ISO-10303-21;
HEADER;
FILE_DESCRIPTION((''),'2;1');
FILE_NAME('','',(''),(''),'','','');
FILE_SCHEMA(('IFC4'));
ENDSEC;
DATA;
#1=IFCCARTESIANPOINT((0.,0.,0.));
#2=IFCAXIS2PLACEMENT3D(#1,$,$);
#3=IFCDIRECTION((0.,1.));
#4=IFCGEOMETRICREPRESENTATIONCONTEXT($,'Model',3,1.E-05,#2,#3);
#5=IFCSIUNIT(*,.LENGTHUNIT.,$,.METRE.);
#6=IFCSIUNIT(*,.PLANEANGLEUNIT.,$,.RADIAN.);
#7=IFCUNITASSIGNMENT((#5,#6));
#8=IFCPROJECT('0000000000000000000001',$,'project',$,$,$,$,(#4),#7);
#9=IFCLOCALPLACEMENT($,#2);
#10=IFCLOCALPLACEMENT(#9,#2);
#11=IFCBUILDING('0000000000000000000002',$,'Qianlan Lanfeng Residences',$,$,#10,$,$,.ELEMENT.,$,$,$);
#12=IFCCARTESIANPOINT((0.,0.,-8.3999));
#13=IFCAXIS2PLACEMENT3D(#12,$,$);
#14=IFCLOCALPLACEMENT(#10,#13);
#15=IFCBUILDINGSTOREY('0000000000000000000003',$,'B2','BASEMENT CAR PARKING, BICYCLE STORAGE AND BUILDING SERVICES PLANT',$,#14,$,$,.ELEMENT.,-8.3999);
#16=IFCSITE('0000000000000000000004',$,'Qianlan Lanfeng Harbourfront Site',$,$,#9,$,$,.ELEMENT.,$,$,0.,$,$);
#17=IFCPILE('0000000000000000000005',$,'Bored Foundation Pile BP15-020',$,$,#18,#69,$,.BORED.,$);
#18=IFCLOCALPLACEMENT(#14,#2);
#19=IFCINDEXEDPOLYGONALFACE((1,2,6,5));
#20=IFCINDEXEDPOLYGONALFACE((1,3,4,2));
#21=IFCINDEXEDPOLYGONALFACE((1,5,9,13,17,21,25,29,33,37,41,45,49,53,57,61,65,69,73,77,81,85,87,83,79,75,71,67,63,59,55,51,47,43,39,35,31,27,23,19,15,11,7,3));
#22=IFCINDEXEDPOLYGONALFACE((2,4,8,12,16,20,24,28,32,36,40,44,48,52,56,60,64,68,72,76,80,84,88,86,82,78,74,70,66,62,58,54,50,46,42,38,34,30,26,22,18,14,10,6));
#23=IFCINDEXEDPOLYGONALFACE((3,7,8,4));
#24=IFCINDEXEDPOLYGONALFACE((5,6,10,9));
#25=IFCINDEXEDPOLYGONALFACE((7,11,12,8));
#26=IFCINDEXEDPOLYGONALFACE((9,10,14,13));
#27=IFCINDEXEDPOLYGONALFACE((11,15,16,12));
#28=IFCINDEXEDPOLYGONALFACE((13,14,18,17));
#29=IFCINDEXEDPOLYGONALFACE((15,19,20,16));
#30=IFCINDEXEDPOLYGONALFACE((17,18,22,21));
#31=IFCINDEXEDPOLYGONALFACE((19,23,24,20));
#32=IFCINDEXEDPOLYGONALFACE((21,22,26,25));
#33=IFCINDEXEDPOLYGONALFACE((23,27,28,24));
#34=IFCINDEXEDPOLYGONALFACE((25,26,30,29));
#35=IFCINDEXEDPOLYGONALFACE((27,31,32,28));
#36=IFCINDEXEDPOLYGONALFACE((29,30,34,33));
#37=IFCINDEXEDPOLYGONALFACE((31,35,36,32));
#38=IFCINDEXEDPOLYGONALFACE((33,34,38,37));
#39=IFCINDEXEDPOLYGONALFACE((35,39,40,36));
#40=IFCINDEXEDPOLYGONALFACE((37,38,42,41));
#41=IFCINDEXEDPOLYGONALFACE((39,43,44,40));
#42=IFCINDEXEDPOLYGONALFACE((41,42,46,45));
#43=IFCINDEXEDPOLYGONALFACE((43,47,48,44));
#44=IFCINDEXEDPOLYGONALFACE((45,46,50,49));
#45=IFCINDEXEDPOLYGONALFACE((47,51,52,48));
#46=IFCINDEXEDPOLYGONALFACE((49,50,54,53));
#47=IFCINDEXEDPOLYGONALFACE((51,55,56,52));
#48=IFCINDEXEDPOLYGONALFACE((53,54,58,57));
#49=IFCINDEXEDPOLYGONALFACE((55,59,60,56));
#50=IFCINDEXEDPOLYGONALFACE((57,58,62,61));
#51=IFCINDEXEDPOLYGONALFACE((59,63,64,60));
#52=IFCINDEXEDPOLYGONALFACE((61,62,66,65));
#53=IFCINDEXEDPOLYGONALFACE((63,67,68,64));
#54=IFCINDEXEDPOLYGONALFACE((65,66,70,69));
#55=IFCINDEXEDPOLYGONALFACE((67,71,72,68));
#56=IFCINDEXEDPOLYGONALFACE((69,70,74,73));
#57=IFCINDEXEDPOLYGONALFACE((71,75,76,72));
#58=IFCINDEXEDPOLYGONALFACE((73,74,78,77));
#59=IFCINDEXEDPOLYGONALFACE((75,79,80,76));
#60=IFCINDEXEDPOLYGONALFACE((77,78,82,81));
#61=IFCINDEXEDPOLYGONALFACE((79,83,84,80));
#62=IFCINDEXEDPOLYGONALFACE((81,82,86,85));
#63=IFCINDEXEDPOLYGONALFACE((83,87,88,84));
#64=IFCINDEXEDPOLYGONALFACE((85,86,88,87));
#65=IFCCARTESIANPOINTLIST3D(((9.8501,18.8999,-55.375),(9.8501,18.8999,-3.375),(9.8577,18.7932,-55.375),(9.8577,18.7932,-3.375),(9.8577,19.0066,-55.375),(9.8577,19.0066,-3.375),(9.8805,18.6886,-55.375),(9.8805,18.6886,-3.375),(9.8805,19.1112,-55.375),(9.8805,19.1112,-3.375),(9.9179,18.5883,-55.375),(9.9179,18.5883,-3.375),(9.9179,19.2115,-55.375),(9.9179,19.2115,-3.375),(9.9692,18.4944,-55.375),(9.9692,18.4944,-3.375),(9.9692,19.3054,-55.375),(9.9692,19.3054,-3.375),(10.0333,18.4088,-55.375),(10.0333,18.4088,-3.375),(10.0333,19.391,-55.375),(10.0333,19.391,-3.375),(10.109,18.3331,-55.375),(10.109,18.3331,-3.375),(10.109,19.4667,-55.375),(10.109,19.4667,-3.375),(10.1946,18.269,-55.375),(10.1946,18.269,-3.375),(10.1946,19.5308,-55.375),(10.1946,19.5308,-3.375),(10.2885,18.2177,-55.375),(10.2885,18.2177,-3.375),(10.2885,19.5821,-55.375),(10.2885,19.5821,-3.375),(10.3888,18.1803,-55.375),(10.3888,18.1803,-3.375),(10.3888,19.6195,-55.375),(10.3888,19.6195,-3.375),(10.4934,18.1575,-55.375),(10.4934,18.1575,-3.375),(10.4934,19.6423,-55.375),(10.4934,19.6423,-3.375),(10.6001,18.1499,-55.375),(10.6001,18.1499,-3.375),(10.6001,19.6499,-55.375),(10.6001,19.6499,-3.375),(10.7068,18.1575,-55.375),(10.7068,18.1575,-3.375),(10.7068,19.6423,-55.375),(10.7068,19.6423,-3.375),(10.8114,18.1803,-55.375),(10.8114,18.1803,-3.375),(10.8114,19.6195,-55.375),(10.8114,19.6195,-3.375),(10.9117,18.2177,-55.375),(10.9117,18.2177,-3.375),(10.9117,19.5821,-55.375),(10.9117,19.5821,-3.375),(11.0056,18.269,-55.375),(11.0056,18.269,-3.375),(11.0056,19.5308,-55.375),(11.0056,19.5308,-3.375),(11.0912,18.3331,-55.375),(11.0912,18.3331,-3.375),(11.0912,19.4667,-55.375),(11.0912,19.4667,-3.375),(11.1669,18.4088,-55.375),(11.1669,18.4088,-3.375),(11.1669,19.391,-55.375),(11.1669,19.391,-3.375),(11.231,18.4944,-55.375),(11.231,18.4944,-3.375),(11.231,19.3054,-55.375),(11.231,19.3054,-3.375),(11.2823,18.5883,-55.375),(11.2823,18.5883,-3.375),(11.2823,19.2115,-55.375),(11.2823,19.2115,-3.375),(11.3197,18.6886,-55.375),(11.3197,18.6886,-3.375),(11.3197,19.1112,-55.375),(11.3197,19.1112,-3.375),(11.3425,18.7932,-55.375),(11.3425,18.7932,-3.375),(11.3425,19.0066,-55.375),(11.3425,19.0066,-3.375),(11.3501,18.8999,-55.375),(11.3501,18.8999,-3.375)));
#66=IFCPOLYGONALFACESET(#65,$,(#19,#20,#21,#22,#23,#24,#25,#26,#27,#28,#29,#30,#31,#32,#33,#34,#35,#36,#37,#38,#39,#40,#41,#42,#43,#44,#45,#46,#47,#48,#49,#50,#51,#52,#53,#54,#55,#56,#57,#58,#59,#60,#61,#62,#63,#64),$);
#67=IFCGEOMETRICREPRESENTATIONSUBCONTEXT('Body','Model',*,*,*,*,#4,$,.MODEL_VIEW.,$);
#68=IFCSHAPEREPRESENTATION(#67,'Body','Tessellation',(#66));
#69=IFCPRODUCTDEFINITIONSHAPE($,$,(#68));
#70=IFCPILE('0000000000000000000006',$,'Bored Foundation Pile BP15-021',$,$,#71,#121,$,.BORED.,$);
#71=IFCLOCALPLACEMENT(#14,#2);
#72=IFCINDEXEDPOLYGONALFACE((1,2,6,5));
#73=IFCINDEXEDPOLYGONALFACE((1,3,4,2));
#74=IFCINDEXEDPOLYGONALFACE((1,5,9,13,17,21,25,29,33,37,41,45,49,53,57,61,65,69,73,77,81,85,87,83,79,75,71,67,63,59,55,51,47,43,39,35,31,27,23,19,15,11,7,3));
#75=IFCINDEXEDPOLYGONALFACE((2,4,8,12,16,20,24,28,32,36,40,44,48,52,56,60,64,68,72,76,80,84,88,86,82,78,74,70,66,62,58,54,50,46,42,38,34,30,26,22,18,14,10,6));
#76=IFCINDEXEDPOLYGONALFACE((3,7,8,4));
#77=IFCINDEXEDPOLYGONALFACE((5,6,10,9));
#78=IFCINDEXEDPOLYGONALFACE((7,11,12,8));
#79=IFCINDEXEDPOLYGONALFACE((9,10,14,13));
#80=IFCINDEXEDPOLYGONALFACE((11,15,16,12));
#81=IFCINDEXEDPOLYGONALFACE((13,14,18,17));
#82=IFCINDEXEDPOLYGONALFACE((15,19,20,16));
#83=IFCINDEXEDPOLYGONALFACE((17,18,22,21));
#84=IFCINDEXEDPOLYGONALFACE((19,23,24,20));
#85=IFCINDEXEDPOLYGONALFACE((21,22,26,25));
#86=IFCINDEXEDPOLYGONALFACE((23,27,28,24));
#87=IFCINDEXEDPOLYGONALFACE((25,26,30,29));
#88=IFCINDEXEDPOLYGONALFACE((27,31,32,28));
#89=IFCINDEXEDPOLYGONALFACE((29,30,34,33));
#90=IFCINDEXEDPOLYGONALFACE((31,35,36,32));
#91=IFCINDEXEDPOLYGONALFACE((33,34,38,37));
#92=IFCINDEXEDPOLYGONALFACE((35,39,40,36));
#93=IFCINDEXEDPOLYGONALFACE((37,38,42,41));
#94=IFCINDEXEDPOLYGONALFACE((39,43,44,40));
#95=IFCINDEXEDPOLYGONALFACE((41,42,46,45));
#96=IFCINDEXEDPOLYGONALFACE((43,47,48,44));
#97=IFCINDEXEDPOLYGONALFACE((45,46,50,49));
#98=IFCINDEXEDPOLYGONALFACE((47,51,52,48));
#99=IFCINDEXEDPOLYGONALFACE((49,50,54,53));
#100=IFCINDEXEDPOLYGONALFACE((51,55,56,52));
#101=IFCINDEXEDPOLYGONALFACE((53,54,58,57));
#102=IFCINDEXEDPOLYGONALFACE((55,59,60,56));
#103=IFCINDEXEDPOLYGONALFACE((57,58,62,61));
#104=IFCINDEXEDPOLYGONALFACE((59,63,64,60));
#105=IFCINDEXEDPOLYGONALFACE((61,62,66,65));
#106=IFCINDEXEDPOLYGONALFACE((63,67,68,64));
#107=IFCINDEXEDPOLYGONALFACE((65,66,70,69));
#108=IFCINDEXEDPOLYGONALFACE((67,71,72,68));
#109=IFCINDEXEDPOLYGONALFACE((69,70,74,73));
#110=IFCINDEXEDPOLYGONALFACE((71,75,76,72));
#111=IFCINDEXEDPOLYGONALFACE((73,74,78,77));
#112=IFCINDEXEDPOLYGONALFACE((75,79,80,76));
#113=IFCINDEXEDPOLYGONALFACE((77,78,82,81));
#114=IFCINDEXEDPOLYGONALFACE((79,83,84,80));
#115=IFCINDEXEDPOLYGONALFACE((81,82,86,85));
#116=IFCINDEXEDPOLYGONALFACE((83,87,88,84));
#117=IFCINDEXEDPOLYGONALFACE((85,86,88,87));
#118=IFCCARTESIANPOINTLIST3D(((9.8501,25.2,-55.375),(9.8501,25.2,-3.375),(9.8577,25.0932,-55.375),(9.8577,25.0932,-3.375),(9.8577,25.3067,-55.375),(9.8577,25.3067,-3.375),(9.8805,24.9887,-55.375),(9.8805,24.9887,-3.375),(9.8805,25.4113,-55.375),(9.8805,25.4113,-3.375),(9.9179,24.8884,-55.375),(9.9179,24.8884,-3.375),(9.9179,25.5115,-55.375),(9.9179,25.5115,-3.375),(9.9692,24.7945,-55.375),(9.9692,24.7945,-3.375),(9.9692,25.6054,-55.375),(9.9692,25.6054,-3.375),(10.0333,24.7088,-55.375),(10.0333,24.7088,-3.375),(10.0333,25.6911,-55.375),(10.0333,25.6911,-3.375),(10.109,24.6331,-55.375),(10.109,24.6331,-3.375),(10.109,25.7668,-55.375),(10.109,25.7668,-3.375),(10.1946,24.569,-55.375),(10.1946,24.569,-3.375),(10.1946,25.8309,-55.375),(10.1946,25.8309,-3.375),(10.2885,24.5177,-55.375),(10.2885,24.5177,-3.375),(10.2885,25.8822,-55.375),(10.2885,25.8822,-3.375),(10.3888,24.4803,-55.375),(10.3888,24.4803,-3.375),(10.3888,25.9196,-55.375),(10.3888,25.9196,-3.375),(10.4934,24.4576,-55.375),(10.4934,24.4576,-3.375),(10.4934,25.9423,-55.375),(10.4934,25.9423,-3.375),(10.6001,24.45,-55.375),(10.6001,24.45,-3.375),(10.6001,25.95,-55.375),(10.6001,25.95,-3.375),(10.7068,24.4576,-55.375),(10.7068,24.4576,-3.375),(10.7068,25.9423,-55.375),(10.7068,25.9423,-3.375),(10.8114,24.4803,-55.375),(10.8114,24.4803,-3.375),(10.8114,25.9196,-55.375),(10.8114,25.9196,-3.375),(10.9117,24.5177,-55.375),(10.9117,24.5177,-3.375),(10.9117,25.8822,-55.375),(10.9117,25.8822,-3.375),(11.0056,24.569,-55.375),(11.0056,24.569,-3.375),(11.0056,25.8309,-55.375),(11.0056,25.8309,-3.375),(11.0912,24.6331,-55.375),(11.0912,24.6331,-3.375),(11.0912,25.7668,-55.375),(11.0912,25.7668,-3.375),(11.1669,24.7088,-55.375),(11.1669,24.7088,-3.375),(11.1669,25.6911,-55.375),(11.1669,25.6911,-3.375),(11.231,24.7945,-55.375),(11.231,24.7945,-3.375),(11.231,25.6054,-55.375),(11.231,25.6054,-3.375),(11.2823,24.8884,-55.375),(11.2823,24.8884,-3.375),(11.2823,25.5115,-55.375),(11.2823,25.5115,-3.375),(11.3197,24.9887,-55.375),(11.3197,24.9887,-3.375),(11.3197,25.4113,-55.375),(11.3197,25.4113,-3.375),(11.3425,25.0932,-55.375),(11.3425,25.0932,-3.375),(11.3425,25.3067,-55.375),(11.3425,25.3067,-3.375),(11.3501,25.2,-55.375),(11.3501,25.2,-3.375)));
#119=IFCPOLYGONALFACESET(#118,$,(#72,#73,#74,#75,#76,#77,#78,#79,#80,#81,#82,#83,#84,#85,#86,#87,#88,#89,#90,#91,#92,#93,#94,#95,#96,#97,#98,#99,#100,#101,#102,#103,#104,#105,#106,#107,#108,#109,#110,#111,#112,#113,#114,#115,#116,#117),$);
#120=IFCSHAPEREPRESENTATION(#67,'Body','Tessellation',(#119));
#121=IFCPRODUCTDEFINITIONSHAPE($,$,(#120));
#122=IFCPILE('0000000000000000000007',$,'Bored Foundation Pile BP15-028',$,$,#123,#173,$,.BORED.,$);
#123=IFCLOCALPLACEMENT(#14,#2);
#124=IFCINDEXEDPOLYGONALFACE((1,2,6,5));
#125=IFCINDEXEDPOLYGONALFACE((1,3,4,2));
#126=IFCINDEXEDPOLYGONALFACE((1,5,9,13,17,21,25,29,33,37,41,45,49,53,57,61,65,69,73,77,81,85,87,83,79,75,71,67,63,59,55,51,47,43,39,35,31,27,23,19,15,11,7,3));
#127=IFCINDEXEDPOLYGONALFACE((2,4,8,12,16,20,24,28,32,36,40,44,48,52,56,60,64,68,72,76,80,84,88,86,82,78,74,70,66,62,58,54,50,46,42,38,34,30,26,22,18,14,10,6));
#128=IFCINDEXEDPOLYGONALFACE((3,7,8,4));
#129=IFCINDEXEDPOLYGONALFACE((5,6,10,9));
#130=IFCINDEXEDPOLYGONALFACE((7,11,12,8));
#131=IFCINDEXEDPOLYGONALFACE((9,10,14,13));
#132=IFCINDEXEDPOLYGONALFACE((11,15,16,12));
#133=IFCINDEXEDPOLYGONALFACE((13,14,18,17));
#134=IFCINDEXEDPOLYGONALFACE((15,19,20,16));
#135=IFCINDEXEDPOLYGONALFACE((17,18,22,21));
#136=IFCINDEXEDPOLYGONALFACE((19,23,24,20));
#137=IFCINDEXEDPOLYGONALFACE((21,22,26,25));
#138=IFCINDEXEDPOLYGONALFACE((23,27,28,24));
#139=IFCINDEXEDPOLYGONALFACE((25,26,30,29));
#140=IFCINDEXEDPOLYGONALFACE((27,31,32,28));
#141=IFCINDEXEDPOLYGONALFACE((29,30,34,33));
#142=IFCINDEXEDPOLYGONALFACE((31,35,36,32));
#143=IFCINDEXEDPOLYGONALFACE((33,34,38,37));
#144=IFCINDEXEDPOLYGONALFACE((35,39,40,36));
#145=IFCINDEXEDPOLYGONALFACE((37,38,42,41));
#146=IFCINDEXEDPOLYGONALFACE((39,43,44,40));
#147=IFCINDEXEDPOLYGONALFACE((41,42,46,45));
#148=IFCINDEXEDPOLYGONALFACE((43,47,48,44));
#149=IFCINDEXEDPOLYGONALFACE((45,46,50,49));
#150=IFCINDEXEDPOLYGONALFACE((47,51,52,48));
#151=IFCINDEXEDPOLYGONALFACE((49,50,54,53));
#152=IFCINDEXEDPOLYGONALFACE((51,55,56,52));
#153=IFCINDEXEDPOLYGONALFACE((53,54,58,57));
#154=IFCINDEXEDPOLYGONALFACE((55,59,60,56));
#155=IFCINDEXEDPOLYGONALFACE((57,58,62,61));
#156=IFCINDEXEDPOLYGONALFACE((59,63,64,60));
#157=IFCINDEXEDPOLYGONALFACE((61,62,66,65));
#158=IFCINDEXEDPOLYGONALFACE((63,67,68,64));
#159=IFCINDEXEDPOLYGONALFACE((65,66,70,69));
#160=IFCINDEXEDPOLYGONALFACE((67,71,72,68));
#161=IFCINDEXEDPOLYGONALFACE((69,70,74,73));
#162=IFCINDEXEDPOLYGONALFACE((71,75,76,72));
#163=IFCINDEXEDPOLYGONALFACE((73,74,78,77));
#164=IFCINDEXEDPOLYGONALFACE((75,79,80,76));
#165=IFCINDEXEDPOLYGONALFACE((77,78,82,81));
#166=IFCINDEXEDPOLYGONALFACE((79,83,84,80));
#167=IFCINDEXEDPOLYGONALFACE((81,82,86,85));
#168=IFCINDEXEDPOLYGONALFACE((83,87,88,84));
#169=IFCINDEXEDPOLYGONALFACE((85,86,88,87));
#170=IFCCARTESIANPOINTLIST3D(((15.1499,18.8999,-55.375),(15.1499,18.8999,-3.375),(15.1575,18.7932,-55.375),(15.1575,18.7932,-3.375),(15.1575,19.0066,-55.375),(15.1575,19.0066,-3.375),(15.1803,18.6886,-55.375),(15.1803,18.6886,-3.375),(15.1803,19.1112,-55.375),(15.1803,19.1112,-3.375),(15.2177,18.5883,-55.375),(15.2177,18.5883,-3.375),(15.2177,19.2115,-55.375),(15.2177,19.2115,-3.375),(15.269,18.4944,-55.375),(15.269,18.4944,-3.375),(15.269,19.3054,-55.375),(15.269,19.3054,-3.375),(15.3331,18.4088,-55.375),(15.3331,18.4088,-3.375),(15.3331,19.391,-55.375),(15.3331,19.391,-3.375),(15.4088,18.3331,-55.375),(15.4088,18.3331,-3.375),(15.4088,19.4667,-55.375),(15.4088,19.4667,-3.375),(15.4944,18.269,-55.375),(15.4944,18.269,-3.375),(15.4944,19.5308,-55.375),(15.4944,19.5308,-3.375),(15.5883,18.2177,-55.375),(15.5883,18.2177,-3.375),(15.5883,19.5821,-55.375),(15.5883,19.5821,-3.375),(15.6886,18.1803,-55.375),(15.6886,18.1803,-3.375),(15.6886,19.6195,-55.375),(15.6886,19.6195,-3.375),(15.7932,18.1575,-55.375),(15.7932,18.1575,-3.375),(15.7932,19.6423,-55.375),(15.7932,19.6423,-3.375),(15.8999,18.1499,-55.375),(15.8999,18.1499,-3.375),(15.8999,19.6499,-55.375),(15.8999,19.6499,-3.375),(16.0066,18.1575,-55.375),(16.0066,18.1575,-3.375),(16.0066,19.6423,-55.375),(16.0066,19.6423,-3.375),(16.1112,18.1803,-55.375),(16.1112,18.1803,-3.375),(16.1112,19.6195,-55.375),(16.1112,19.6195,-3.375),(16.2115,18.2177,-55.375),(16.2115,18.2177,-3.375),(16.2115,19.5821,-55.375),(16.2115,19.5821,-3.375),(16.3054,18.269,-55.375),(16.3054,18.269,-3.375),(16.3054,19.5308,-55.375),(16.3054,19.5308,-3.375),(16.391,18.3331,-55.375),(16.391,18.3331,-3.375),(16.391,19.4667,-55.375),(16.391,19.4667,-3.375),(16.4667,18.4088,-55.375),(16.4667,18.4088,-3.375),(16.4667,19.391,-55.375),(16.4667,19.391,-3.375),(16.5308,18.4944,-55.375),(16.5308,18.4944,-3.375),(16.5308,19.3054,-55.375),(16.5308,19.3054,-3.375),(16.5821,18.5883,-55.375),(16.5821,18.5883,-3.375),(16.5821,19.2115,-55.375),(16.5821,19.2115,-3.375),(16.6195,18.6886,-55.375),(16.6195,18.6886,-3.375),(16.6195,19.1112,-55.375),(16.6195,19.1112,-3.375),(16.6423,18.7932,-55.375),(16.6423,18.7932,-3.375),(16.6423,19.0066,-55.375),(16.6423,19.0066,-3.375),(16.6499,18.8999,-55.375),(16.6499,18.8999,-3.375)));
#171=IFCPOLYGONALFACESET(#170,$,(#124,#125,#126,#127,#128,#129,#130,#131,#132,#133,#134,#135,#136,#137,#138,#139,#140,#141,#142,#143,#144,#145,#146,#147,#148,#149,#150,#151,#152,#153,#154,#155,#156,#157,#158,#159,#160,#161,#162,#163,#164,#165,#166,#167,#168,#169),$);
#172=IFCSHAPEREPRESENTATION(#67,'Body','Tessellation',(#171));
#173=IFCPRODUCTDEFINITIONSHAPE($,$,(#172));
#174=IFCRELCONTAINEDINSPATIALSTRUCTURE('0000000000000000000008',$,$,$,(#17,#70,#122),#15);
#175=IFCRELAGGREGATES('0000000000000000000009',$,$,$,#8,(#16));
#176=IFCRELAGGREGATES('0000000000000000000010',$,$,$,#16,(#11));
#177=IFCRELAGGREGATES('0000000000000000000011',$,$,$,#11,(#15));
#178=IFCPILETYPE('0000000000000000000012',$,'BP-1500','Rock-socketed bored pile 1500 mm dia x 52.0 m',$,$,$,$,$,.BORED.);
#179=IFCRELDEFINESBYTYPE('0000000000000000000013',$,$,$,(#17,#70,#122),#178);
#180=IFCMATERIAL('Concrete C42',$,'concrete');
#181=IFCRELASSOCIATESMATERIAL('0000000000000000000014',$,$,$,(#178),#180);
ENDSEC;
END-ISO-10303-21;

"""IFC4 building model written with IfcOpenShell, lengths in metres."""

from ifc_helpers import new_model, si_unit, direction, frame, origin, origin_2d, place, context, subcontext, project, spatial, circle, extrude, material, material_profile, profile_set, type_object, element, save


model = new_model("IFC4")

# Units and contexts
model_context = context("Model", 3, precision=1e-05, world=origin(), true_north=direction((0.0, 1.0)))
body_context = subcontext(model_context, "Body", "Model", "MODEL_VIEW")
ifc_project = project(units=[si_unit("LENGTHUNIT", "METRE"), si_unit("PLANEANGLEUNIT", "RADIAN")], contexts=[model_context])

# Site, building, storey
site_placement = place(None, origin())
site = spatial("IfcSite", under=ifc_project, at=site_placement, Name="Qianlan Lanfeng Harbourfront Site", CompositionType="ELEMENT", RefElevation=0.0)
building_placement = place(site_placement, origin())
building = spatial("IfcBuilding", under=site, at=building_placement, Name="Qianlan Lanfeng Residences", CompositionType="ELEMENT")
storey_placement = place(building_placement, frame((0.0, 0.0, -8.3999)))
storey = spatial("IfcBuildingStorey", under=building, at=storey_placement, Name="B2", Description="BASEMENT CAR PARKING, BICYCLE STORAGE AND BUILDING SERVICES PLANT", CompositionType="ELEMENT", Elevation=-8.3999)

# Piles
ifc_material_1 = material(Name="Concrete C42", Category="concrete")
ifc_material_profile_1 = material_profile(ifc_material_1, circle(Radius=0.75, at=origin_2d()), Name="PILE D1500")
ifc_profile_set_1 = profile_set([ifc_material_profile_1], Name="Concrete C42")
pile_type = type_object("IfcPileType", Name="BP-1500", Description="Rock-socketed bored pile 1500 mm dia x 52.0 m", PredefinedType="BORED", material=ifc_profile_set_1)
for number, where, z_axis, x_axis, name in (
    (1, (10.6001, 18.8999, -3.375), (0.0, 0.0, -1.0), (1.0, 0.0, 0.0), "Bored Foundation Pile BP15-020"),
    (2, (10.6001, 25.2, -3.375), (0.0, 0.0, -1.0), (1.0, 0.0, 0.0), "Bored Foundation Pile BP15-021"),
    (3, (15.8999, 18.8999, -3.375), (0.0, 0.0, -1.0), (1.0, 0.0, 0.0), "Bored Foundation Pile BP15-028"),
):
    element("IfcPile", number, at=place(storey_placement, frame(where, z_axis=z_axis, x_axis=x_axis)), inside=storey, type_object=pile_type, Name=name, PredefinedType="BORED", context=body_context, shape_type="SweptSolid", body=[
        extrude(circle(Radius=0.75, at=origin_2d()), origin(), (0.0, 0.0, 1.0), 52.0),
    ])

save(model, "model.ifc")
